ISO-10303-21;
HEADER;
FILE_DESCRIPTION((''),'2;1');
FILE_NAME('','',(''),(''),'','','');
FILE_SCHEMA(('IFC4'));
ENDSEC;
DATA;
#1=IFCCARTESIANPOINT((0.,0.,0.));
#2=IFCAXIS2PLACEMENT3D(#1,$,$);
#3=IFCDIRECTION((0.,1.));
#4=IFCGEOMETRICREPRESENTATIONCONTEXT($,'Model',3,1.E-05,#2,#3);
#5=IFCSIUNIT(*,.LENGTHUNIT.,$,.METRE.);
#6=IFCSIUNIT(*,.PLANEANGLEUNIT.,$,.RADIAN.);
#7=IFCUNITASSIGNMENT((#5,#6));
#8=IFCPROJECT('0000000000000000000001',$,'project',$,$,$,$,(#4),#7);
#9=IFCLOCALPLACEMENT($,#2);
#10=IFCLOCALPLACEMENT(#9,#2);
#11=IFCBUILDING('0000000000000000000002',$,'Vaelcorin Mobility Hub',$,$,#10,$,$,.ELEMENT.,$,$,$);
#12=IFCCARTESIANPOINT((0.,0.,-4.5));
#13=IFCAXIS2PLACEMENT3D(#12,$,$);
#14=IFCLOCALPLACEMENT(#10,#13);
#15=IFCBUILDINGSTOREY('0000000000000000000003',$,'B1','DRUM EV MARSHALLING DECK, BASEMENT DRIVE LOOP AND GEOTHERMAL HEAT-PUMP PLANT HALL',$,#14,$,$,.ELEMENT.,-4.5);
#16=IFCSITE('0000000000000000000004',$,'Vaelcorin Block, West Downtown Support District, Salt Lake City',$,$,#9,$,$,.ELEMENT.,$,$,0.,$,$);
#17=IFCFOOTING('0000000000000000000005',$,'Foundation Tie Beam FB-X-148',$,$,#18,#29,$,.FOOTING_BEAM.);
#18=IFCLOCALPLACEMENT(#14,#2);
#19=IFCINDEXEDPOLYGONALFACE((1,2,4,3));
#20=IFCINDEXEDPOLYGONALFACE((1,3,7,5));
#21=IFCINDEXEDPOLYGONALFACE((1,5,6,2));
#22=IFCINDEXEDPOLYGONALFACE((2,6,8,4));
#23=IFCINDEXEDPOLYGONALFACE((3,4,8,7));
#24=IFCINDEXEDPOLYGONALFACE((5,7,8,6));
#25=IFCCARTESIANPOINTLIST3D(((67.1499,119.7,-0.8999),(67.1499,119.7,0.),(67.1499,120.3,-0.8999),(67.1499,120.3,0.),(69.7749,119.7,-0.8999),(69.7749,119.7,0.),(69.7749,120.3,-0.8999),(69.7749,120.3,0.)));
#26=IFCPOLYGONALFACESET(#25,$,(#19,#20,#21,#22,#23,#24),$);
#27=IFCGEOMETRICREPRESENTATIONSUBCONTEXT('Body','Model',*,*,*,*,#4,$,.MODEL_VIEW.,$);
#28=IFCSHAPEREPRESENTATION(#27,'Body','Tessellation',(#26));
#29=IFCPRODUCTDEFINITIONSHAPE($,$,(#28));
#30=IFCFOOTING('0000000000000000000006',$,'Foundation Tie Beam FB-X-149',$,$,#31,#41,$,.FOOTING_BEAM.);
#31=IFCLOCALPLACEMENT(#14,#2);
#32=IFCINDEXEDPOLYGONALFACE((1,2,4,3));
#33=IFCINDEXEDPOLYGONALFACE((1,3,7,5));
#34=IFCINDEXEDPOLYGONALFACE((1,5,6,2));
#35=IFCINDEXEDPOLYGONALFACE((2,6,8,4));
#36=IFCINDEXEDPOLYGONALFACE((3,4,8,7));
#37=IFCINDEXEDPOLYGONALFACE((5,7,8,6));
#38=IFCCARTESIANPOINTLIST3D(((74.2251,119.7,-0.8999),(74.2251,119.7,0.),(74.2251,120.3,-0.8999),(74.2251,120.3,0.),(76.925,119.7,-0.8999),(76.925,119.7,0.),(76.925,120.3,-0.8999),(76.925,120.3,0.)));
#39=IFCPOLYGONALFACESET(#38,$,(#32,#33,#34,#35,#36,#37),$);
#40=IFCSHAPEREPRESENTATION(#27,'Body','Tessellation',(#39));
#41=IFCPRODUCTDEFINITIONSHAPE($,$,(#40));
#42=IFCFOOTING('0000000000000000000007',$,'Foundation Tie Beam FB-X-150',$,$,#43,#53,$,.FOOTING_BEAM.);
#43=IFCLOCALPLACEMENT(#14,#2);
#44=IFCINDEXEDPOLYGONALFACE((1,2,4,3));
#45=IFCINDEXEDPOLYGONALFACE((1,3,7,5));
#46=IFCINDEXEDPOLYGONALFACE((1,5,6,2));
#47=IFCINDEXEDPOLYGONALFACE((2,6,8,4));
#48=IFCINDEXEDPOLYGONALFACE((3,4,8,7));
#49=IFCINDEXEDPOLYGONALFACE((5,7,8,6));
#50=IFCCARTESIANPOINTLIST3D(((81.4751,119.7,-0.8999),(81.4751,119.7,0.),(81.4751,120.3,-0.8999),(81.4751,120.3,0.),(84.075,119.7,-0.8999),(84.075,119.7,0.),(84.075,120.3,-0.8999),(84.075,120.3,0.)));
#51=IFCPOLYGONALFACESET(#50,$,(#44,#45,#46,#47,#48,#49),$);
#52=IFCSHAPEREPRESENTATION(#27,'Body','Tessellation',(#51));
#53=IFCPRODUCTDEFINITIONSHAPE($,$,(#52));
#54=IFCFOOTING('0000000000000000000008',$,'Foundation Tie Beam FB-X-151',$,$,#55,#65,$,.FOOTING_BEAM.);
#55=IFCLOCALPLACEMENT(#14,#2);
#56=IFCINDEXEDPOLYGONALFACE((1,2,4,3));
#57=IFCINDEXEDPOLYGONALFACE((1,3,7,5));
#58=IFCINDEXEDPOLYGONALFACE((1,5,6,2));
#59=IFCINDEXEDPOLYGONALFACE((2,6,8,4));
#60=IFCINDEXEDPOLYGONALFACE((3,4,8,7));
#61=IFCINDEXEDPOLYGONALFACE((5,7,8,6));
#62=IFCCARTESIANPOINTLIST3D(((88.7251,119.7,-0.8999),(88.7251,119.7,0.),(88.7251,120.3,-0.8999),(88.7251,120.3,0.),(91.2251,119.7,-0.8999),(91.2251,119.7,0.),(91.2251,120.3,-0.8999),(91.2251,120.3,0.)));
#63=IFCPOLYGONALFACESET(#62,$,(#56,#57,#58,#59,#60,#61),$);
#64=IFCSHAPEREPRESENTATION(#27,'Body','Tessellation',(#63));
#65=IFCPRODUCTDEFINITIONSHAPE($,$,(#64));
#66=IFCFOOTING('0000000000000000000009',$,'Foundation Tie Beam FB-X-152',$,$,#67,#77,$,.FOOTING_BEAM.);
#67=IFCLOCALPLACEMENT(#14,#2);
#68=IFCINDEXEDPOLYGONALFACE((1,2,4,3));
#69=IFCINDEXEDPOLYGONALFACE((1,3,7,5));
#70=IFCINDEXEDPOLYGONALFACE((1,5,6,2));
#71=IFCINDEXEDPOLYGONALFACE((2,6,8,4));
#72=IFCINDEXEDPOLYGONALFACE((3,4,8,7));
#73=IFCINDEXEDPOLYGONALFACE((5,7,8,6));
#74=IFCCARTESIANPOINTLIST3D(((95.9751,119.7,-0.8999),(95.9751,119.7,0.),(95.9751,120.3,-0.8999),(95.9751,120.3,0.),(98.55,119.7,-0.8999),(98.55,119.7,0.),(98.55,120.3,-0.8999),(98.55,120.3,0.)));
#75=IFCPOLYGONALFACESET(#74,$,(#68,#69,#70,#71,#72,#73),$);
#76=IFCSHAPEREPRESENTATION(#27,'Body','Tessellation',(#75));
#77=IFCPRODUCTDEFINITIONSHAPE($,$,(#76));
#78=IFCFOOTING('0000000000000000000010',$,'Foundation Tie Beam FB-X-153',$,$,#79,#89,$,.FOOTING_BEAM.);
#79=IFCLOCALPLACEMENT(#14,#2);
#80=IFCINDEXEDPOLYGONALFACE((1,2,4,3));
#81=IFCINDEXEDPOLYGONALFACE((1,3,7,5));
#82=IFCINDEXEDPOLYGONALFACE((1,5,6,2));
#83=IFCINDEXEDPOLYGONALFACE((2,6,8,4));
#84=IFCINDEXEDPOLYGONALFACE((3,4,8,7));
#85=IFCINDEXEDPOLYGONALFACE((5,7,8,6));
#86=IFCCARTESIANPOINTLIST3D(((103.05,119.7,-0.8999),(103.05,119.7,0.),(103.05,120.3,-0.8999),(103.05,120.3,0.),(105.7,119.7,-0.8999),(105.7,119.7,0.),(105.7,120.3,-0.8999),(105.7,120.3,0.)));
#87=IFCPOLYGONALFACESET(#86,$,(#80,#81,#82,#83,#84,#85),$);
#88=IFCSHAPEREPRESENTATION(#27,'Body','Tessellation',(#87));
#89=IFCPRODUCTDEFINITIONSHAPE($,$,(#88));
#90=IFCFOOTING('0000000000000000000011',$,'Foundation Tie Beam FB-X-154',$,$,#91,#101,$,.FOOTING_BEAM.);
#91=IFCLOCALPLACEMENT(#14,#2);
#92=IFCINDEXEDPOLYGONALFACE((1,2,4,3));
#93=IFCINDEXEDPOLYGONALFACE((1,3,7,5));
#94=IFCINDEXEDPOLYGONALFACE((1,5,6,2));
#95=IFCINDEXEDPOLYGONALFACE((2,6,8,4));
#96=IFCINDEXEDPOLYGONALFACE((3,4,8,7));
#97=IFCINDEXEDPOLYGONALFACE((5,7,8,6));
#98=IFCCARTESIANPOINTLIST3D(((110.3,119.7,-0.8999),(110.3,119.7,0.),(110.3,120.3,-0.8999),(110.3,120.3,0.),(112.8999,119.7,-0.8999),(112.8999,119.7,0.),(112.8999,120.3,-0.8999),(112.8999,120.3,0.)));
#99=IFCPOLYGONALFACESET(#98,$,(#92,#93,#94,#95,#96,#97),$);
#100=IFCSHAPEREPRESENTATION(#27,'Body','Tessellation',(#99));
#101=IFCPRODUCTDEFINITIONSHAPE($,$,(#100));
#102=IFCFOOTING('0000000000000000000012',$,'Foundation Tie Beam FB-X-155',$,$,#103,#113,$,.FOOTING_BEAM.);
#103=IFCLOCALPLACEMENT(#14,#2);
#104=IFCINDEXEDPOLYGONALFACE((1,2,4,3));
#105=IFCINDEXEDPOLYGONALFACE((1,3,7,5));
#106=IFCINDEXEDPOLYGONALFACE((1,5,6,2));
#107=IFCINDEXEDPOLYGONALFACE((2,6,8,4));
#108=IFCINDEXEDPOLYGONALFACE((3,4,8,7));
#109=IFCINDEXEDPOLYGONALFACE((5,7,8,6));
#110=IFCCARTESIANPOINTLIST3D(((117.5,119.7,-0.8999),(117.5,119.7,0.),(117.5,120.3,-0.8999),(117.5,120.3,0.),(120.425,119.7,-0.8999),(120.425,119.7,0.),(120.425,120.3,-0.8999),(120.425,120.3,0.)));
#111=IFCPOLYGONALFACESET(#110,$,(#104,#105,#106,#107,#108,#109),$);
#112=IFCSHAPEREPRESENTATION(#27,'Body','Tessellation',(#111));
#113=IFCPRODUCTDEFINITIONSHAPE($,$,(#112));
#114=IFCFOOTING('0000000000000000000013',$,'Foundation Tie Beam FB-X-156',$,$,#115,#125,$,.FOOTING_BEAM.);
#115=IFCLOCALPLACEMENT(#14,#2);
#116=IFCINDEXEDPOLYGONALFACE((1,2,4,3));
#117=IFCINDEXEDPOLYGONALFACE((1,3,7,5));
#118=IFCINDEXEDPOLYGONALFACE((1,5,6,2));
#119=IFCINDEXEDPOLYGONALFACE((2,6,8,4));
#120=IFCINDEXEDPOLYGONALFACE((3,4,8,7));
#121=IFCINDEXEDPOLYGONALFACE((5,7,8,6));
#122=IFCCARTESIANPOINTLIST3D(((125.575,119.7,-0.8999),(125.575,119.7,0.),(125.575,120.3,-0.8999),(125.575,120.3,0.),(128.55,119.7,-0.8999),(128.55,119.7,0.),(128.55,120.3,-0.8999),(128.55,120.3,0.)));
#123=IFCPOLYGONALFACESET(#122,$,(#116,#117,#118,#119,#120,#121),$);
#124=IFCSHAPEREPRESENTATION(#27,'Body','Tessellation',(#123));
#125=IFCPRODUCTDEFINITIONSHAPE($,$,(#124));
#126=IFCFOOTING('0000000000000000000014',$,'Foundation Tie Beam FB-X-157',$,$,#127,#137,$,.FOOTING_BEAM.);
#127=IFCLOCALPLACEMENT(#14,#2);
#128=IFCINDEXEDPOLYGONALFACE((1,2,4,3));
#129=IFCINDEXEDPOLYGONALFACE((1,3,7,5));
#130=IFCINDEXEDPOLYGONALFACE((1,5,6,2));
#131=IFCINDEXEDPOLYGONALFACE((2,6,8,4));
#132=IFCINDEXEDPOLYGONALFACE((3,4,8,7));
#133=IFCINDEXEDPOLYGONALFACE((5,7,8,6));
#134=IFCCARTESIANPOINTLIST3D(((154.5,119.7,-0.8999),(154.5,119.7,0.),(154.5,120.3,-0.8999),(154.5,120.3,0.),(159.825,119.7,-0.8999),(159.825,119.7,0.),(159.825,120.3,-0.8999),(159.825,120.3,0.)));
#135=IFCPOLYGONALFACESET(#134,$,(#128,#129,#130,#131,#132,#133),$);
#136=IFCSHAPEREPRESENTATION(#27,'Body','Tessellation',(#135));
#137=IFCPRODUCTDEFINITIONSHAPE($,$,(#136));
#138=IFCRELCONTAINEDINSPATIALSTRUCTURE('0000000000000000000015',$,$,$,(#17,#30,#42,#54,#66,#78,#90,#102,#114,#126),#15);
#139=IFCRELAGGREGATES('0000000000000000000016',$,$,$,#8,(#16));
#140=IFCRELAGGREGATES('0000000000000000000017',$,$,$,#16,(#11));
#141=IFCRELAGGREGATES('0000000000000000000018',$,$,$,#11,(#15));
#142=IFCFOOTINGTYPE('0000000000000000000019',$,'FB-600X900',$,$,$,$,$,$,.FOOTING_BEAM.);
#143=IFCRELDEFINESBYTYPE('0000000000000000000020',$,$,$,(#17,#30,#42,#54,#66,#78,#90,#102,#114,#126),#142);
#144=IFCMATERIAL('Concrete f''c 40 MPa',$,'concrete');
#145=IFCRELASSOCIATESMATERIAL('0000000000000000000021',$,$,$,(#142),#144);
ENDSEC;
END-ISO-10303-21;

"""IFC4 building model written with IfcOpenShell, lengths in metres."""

from ifc_helpers import new_model, si_unit, direction, frame, origin, place, context, subcontext, project, spatial, polyline, outline, extrude, material, type_object, element, save


model = new_model("IFC4")

# Units and contexts
model_context = context("Model", 3, precision=1e-05, world=origin(), true_north=direction((0.0, 1.0)))
body_context = subcontext(model_context, "Body", "Model", "MODEL_VIEW")
ifc_project = project(units=[si_unit("LENGTHUNIT", "METRE"), si_unit("PLANEANGLEUNIT", "RADIAN")], contexts=[model_context])

# Site, building, storey
site_placement = place(None, origin())
site = spatial("IfcSite", under=ifc_project, at=site_placement, Name="Vaelcorin Block, West Downtown Support District, Salt Lake City", CompositionType="ELEMENT", RefElevation=0.0)
building_placement = place(site_placement, origin())
building = spatial("IfcBuilding", under=site, at=building_placement, Name="Vaelcorin Mobility Hub", CompositionType="ELEMENT")
storey_placement = place(building_placement, frame((0.0, 0.0, -4.5)))
storey = spatial("IfcBuildingStorey", under=building, at=storey_placement, Name="B1", Description="DRUM EV MARSHALLING DECK, BASEMENT DRIVE LOOP AND GEOTHERMAL HEAT-PUMP PLANT HALL", CompositionType="ELEMENT", Elevation=-4.5)

# Footings
ifc_material = material(Name="Concrete f'c 40 MPa", Category="concrete")
footing_type = type_object("IfcFootingType", Name="FB-600X900", PredefinedType="FOOTING_BEAM", material=ifc_material)
footing_1_placement = place(storey_placement, frame((0.0, 0.0, -0.8999)))
element("IfcFooting", 1, at=footing_1_placement, inside=storey, type_object=footing_type, Name="Foundation Tie Beam FB-X-148", PredefinedType="FOOTING_BEAM", context=body_context, shape_type="SweptSolid", body=[
    extrude(outline(polyline([(67.1499, 119.7), (69.7749, 119.7), (69.7749, 120.3), (67.1499, 120.3), (67.1499, 119.7)])), origin(), (0.0, 0.0, 1.0), 0.8999),
])
footing_2_placement = place(storey_placement, frame((0.0, 0.0, -0.8999)))
element("IfcFooting", 2, at=footing_2_placement, inside=storey, type_object=footing_type, Name="Foundation Tie Beam FB-X-149", PredefinedType="FOOTING_BEAM", context=body_context, shape_type="SweptSolid", body=[
    extrude(outline(polyline([(74.2251, 119.7), (76.925, 119.7), (76.925, 120.3), (74.2251, 120.3), (74.2251, 119.7)])), origin(), (0.0, 0.0, 1.0), 0.8999),
])
footing_3_placement = place(storey_placement, frame((0.0, 0.0, -0.8999)))
element("IfcFooting", 3, at=footing_3_placement, inside=storey, type_object=footing_type, Name="Foundation Tie Beam FB-X-150", PredefinedType="FOOTING_BEAM", context=body_context, shape_type="SweptSolid", body=[
    extrude(outline(polyline([(81.4751, 119.7), (84.075, 119.7), (84.075, 120.3), (81.4751, 120.3), (81.4751, 119.7)])), origin(), (0.0, 0.0, 1.0), 0.8999),
])
footing_4_placement = place(storey_placement, frame((0.0, 0.0, -0.8999)))
element("IfcFooting", 4, at=footing_4_placement, inside=storey, type_object=footing_type, Name="Foundation Tie Beam FB-X-151", PredefinedType="FOOTING_BEAM", context=body_context, shape_type="SweptSolid", body=[
    extrude(outline(polyline([(88.7251, 119.7), (91.2251, 119.7), (91.2251, 120.3), (88.7251, 120.3), (88.7251, 119.7)])), origin(), (0.0, 0.0, 1.0), 0.8999),
])
footing_5_placement = place(storey_placement, frame((0.0, 0.0, -0.8999)))
element("IfcFooting", 5, at=footing_5_placement, inside=storey, type_object=footing_type, Name="Foundation Tie Beam FB-X-152", PredefinedType="FOOTING_BEAM", context=body_context, shape_type="SweptSolid", body=[
    extrude(outline(polyline([(95.9751, 119.7), (98.55, 119.7), (98.55, 120.3), (95.9751, 120.3), (95.9751, 119.7)])), origin(), (0.0, 0.0, 1.0), 0.8999),
])
footing_6_placement = place(storey_placement, frame((0.0, 0.0, -0.8999)))
element("IfcFooting", 6, at=footing_6_placement, inside=storey, type_object=footing_type, Name="Foundation Tie Beam FB-X-153", PredefinedType="FOOTING_BEAM", context=body_context, shape_type="SweptSolid", body=[
    extrude(outline(polyline([(103.05, 119.7), (105.7, 119.7), (105.7, 120.3), (103.05, 120.3), (103.05, 119.7)])), origin(), (0.0, 0.0, 1.0), 0.8999),
])
footing_7_placement = place(storey_placement, frame((0.0, 0.0, -0.8999)))
element("IfcFooting", 7, at=footing_7_placement, inside=storey, type_object=footing_type, Name="Foundation Tie Beam FB-X-154", PredefinedType="FOOTING_BEAM", context=body_context, shape_type="SweptSolid", body=[
    extrude(outline(polyline([(110.3, 119.7), (112.8999, 119.7), (112.8999, 120.3), (110.3, 120.3), (110.3, 119.7)])), origin(), (0.0, 0.0, 1.0), 0.8999),
])
footing_8_placement = place(storey_placement, frame((0.0, 0.0, -0.8999)))
element("IfcFooting", 8, at=footing_8_placement, inside=storey, type_object=footing_type, Name="Foundation Tie Beam FB-X-155", PredefinedType="FOOTING_BEAM", context=body_context, shape_type="SweptSolid", body=[
    extrude(outline(polyline([(117.5, 119.7), (120.425, 119.7), (120.425, 120.3), (117.5, 120.3), (117.5, 119.7)])), origin(), (0.0, 0.0, 1.0), 0.8999),
])
footing_9_placement = place(storey_placement, frame((0.0, 0.0, -0.8999)))
element("IfcFooting", 9, at=footing_9_placement, inside=storey, type_object=footing_type, Name="Foundation Tie Beam FB-X-156", PredefinedType="FOOTING_BEAM", context=body_context, shape_type="SweptSolid", body=[
    extrude(outline(polyline([(125.575, 119.7), (128.55, 119.7), (128.55, 120.3), (125.575, 120.3), (125.575, 119.7)])), origin(), (0.0, 0.0, 1.0), 0.8999),
])
footing_10_placement = place(storey_placement, frame((0.0, 0.0, -0.8999)))
element("IfcFooting", 10, at=footing_10_placement, inside=storey, type_object=footing_type, Name="Foundation Tie Beam FB-X-157", PredefinedType="FOOTING_BEAM", context=body_context, shape_type="SweptSolid", body=[
    extrude(outline(polyline([(154.5, 119.7), (159.825, 119.7), (159.825, 120.3), (154.5, 120.3), (154.5, 119.7)])), origin(), (0.0, 0.0, 1.0), 0.8999),
])

save(model, "model.ifc")
